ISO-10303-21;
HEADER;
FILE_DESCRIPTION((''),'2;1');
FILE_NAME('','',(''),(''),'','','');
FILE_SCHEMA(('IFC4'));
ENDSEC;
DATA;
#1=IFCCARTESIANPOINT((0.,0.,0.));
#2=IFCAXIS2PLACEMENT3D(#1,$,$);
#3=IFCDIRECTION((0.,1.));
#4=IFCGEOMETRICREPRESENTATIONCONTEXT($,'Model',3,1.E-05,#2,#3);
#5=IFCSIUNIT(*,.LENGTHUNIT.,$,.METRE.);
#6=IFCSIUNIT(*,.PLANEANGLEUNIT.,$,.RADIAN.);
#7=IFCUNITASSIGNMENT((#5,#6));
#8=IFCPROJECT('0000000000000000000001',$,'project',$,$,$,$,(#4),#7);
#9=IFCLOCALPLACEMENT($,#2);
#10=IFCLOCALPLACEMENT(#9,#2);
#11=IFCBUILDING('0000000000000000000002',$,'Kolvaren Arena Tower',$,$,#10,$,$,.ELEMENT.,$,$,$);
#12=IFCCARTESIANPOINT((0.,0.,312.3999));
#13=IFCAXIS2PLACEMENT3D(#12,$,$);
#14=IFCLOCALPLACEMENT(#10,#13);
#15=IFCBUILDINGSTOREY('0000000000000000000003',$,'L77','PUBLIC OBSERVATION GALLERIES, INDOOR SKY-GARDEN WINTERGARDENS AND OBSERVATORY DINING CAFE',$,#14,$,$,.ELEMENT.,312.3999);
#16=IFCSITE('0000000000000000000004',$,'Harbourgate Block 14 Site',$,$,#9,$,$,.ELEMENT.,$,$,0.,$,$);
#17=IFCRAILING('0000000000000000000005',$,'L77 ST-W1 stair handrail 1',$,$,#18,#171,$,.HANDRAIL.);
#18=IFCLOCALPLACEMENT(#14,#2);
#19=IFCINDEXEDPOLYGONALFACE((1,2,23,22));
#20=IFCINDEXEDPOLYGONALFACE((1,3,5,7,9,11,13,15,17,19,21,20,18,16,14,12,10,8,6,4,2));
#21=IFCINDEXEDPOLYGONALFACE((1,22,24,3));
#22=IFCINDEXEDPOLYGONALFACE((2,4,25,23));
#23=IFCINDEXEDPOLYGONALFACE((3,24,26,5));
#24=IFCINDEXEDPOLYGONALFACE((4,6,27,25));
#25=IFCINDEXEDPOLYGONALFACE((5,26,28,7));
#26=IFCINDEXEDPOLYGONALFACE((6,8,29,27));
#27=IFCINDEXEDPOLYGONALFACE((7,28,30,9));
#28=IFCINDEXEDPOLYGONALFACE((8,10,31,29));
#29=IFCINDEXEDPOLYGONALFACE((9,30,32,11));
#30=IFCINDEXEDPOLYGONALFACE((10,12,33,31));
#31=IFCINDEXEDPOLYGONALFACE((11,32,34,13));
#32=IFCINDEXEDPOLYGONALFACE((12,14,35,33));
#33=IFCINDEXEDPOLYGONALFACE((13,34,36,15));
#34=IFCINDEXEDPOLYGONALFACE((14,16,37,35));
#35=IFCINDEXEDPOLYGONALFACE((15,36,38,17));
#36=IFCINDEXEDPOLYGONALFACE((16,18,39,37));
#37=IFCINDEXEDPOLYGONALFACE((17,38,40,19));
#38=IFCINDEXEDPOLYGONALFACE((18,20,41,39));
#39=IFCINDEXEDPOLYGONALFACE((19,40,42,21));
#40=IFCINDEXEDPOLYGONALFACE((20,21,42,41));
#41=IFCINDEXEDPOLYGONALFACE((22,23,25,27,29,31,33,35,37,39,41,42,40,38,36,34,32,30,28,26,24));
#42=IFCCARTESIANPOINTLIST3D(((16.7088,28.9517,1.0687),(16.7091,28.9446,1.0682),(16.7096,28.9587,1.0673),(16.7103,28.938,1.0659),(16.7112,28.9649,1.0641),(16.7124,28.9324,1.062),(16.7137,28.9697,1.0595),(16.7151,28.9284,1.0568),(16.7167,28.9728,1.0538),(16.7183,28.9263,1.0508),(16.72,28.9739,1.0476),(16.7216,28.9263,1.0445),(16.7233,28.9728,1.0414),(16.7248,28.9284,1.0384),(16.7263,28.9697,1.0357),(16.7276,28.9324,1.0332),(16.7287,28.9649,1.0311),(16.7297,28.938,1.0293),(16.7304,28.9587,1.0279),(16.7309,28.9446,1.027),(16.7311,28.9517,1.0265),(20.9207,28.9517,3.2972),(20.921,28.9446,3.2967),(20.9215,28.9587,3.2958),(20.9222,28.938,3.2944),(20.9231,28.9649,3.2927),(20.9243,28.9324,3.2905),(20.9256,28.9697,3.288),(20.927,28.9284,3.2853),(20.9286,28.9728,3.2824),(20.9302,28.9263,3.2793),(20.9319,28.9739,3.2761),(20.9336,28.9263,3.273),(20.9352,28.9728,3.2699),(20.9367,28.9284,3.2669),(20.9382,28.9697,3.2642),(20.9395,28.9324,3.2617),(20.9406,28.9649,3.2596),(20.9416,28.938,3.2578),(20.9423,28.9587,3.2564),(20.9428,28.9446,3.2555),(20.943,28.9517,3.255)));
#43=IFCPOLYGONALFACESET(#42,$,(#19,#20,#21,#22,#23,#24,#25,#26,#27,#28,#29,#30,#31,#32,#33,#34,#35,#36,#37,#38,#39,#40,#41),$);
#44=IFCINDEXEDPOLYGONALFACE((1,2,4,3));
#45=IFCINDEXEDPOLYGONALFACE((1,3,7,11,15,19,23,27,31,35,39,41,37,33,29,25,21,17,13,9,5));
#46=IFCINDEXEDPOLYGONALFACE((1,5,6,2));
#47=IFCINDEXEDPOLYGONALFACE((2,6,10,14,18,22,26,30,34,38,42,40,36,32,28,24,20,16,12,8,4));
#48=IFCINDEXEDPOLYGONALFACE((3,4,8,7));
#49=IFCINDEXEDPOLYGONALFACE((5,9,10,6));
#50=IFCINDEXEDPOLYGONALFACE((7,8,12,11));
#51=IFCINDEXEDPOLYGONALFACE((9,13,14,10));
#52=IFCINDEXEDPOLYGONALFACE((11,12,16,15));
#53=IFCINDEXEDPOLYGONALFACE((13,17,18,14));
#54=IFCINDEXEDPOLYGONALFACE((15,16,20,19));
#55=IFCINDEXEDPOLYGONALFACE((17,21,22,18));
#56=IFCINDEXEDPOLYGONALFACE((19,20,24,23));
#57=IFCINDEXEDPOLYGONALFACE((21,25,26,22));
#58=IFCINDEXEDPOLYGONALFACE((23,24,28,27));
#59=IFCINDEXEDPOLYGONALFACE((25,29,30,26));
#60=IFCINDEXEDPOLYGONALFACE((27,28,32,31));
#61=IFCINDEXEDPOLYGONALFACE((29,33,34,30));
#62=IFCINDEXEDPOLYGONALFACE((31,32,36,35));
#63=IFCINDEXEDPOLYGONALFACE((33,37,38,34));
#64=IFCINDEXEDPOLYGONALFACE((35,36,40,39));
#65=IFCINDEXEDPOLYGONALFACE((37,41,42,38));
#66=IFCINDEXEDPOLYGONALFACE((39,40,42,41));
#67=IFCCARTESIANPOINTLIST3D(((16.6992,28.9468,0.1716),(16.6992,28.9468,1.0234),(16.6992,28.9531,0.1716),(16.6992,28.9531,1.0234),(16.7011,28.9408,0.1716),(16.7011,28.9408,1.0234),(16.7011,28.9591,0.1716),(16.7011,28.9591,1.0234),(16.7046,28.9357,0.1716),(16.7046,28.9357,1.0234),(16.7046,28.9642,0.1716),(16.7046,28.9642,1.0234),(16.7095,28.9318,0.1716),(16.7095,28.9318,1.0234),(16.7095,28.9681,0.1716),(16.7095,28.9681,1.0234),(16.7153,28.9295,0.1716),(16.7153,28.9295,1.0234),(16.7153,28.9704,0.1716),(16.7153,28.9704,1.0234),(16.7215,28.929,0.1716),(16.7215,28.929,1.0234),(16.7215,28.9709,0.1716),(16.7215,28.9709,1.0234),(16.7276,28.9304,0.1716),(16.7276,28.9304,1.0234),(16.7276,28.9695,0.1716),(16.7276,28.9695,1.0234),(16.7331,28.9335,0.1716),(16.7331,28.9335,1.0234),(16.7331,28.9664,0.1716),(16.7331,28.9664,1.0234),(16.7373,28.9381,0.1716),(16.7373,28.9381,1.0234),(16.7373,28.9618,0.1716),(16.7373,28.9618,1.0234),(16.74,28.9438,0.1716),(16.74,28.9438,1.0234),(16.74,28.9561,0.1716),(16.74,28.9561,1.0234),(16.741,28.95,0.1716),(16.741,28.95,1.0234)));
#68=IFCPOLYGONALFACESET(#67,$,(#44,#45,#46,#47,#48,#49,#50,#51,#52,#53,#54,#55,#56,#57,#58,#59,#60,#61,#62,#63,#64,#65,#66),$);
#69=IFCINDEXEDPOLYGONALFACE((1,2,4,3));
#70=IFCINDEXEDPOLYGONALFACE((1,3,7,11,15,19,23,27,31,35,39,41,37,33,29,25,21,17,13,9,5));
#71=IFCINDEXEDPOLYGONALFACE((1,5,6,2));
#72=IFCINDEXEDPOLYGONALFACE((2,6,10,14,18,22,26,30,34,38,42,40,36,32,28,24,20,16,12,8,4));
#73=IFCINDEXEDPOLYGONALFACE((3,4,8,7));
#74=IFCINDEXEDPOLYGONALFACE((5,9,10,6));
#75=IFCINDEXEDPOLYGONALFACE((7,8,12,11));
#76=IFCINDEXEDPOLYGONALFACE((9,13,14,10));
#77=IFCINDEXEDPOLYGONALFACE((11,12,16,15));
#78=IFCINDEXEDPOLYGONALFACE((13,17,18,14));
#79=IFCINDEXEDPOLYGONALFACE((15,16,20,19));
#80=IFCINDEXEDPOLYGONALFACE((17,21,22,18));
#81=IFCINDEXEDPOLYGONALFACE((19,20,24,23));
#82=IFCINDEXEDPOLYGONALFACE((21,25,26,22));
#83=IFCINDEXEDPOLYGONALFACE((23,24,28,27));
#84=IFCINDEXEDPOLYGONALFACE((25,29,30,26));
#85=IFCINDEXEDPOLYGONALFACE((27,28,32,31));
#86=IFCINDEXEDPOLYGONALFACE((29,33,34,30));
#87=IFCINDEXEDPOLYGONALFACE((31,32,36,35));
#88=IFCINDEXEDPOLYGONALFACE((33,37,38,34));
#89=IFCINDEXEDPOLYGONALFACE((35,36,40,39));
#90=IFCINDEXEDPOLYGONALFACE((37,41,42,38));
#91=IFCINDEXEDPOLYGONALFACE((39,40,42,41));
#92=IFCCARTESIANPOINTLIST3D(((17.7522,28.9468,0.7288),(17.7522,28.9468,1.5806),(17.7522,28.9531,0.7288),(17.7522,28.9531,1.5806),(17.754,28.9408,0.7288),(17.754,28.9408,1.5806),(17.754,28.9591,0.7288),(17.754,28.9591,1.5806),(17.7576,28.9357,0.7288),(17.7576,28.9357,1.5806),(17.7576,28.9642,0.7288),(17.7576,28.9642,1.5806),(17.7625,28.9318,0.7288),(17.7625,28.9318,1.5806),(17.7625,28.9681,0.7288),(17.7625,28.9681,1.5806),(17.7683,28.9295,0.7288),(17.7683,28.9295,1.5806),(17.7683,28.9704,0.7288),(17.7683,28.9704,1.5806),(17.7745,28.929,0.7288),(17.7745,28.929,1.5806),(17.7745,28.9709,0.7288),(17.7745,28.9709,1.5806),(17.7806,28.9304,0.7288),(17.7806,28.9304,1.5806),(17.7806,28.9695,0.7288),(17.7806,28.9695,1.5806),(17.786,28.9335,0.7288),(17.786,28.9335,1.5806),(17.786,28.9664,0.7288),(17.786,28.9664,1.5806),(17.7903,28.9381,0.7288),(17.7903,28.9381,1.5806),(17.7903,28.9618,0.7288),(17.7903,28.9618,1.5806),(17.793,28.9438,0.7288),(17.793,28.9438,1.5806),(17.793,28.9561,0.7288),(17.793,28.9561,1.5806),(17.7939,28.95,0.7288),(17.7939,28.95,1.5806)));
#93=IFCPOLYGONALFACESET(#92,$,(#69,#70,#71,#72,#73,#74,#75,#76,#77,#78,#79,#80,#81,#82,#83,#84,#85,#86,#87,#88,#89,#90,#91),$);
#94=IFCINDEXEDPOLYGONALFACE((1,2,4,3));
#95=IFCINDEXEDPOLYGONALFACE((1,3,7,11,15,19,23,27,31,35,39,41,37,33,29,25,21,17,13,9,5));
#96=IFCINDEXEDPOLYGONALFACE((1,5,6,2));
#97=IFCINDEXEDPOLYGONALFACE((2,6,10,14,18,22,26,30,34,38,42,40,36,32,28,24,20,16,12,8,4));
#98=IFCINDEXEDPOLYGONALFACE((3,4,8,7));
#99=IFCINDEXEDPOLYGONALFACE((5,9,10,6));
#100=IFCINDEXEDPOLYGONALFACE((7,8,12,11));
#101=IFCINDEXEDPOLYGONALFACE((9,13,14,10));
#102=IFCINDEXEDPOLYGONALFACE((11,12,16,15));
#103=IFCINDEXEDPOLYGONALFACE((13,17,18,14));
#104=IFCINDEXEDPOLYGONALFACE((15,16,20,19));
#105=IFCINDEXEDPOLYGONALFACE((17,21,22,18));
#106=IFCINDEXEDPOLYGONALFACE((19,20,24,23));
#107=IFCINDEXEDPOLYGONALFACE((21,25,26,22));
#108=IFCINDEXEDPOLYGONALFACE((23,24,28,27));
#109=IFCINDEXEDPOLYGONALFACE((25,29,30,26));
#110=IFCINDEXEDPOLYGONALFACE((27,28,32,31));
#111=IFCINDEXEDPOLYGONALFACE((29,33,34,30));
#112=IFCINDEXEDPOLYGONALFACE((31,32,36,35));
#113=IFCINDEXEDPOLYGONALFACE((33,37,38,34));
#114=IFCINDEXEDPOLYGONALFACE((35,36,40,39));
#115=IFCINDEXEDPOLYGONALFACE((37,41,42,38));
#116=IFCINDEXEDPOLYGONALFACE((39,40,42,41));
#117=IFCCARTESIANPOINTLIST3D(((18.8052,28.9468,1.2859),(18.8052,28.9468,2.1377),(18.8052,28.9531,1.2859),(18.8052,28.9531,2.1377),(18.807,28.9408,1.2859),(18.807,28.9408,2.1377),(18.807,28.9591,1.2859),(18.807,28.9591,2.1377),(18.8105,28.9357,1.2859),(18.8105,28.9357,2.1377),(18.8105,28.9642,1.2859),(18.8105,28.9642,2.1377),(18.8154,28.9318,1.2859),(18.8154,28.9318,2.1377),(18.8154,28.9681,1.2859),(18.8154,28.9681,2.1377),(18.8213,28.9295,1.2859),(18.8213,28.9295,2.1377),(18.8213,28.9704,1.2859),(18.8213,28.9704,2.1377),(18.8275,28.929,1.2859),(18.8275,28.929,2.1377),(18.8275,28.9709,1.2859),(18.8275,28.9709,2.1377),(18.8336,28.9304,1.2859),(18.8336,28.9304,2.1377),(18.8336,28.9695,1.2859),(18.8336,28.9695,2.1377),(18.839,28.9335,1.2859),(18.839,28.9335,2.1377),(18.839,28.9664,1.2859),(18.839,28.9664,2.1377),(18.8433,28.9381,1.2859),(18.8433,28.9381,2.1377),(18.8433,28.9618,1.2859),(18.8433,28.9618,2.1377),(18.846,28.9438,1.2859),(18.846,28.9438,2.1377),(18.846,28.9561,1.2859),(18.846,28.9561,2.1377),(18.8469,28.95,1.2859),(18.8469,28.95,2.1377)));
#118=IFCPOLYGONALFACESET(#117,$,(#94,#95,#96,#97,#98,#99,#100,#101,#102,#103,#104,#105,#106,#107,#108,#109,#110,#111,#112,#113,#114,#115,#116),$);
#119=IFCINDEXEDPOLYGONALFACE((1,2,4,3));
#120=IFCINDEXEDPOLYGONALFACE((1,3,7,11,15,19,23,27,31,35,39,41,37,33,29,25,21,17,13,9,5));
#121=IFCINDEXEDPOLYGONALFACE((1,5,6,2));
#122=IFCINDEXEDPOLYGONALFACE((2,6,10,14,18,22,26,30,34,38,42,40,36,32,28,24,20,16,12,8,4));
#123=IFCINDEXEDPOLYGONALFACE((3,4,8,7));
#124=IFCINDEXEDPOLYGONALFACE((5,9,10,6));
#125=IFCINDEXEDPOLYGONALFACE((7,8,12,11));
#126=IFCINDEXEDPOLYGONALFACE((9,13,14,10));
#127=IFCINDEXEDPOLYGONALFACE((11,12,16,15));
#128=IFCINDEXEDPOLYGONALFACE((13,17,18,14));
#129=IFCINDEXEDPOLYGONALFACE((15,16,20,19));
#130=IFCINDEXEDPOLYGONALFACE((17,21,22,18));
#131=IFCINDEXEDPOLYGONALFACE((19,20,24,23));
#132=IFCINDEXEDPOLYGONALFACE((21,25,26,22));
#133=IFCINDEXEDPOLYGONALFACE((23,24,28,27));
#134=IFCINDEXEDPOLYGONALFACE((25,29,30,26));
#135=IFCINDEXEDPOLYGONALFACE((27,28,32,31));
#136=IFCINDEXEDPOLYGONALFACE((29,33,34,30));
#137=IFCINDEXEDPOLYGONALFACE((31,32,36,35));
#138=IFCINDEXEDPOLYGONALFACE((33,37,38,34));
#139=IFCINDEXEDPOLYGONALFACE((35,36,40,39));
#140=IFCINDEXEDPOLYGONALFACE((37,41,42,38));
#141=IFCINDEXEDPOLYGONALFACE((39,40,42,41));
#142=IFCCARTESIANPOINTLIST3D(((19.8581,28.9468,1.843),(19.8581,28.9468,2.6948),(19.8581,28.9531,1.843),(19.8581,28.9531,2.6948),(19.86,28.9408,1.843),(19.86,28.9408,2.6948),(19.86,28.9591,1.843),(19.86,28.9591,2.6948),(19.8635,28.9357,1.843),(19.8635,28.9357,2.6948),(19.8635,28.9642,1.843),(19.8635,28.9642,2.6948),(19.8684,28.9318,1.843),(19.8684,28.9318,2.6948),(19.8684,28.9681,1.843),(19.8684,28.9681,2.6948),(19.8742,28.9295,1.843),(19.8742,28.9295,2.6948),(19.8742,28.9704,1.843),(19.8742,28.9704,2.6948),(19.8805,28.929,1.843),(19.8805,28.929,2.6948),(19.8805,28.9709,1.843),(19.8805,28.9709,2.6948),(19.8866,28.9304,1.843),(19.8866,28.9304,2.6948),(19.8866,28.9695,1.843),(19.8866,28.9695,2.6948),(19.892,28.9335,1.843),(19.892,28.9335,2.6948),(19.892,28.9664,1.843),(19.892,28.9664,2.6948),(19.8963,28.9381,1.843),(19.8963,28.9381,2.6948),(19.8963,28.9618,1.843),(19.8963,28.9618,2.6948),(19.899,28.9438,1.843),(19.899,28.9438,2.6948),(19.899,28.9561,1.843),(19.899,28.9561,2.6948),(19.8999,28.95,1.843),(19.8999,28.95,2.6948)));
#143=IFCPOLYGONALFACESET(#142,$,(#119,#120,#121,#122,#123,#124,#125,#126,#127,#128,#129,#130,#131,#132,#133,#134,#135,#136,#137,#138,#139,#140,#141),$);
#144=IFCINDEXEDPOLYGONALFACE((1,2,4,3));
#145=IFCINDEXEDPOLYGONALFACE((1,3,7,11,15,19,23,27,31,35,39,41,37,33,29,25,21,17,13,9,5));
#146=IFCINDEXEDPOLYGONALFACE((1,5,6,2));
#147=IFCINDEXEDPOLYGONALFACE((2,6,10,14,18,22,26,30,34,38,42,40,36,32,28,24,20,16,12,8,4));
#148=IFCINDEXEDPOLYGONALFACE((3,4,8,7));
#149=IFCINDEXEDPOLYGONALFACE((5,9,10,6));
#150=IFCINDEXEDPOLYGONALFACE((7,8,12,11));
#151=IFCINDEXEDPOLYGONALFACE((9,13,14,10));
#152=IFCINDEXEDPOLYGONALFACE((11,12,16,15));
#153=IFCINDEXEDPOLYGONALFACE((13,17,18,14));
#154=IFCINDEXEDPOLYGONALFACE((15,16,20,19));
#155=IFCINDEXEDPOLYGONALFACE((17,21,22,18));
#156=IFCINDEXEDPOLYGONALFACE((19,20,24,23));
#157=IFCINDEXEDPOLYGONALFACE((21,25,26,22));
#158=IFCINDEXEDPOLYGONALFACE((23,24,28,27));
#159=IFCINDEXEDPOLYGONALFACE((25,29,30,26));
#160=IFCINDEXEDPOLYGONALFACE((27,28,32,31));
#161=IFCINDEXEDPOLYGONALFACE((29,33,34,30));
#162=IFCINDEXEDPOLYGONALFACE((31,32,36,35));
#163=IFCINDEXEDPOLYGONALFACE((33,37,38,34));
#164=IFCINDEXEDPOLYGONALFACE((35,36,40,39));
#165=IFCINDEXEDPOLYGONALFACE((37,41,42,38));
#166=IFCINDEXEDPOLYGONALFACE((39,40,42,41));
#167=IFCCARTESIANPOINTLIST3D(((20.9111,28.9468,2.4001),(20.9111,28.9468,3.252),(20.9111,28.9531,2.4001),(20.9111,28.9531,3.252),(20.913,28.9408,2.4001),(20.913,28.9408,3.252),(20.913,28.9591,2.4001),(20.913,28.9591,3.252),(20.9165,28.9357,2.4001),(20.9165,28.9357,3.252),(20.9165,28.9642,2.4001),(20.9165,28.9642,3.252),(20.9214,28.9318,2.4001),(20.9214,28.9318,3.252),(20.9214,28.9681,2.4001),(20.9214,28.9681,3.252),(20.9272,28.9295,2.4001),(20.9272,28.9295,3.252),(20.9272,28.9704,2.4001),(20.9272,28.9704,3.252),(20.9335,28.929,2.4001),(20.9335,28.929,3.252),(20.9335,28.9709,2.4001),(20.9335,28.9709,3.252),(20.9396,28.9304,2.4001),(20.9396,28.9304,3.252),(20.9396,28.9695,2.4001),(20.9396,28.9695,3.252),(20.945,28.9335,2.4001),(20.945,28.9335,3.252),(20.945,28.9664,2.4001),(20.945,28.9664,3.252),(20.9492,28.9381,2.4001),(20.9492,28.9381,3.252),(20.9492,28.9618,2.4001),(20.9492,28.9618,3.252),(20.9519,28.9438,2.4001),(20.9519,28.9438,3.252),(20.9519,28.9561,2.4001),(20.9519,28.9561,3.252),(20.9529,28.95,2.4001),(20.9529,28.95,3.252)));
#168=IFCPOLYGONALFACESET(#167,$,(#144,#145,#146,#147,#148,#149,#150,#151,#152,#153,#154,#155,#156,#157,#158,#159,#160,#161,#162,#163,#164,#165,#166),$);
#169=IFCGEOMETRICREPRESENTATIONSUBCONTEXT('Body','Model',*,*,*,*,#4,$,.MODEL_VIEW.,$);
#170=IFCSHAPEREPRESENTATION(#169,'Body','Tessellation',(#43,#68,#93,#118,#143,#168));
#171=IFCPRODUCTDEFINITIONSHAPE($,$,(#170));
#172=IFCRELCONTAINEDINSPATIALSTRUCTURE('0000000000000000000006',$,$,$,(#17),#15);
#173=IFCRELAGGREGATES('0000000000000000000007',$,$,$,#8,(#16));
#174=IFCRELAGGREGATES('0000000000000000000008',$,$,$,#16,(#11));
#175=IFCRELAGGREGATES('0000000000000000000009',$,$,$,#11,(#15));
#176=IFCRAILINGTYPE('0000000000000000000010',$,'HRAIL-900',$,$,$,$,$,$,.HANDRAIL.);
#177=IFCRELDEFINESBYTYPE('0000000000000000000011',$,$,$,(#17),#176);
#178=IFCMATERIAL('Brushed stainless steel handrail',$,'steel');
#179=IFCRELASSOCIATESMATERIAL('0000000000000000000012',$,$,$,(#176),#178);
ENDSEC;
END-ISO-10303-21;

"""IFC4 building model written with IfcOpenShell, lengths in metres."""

from ifc_helpers import new_model, si_unit, direction, frame, origin, origin_2d, place, context, subcontext, project, spatial, circle, extrude, material, type_object, element, save


model = new_model("IFC4")

# Units and contexts
model_context = context("Model", 3, precision=1e-05, world=origin(), true_north=direction((0.0, 1.0)))
body_context = subcontext(model_context, "Body", "Model", "MODEL_VIEW")
ifc_project = project(units=[si_unit("LENGTHUNIT", "METRE"), si_unit("PLANEANGLEUNIT", "RADIAN")], contexts=[model_context])

# Site, building, storey
site_placement = place(None, origin())
site = spatial("IfcSite", under=ifc_project, at=site_placement, Name="Harbourgate Block 14 Site", CompositionType="ELEMENT", RefElevation=0.0)
building_placement = place(site_placement, origin())
building = spatial("IfcBuilding", under=site, at=building_placement, Name="Kolvaren Arena Tower", CompositionType="ELEMENT")
storey_placement = place(building_placement, frame((0.0, 0.0, 312.3999)))
storey = spatial("IfcBuildingStorey", under=building, at=storey_placement, Name="L77", Description="PUBLIC OBSERVATION GALLERIES, INDOOR SKY-GARDEN WINTERGARDENS AND OBSERVATORY DINING CAFE", CompositionType="ELEMENT", Elevation=312.3999)

# Railing
ifc_material_1 = material(Name="Brushed stainless steel handrail", Category="steel")
railing_type_1 = type_object("IfcRailingType", Name="HRAIL-900", PredefinedType="HANDRAIL", material=ifc_material_1)
railing_1_placement = place(storey_placement, frame((16.72, 28.95, 0.1716)))
element("IfcRailing", 1, at=railing_1_placement, inside=storey, type_object=railing_type_1, Name="L77 ST-W1 stair handrail 1", PredefinedType="HANDRAIL", context=body_context, shape_type="SweptSolid", body=[
    extrude(circle(Radius=0.0239, at=origin_2d()), frame((0.0, 0.0, 0.876), z_axis=(0.883903, 0.0, 0.467671), x_axis=(0.0, 1.0, 0.0)), (0.0, 0.0, 1.0), 4.7651),
    extrude(circle(Radius=0.021, at=origin_2d()), origin(), (0.0, 0.0, 1.0), 0.8518),
    extrude(circle(Radius=0.021, at=origin_2d()), frame((1.053, 0.0, 0.5571)), (0.0, 0.0, 1.0), 0.8518),
    extrude(circle(Radius=0.021, at=origin_2d()), frame((2.106, 0.0, 1.1143)), (0.0, 0.0, 1.0), 0.8518),
    extrude(circle(Radius=0.021, at=origin_2d()), frame((3.1589, 0.0, 1.6714)), (0.0, 0.0, 1.0), 0.8518),
    extrude(circle(Radius=0.021, at=origin_2d()), frame((4.2119, 0.0, 2.2285)), (0.0, 0.0, 1.0), 0.8518),
])

save(model, "model.ifc")
